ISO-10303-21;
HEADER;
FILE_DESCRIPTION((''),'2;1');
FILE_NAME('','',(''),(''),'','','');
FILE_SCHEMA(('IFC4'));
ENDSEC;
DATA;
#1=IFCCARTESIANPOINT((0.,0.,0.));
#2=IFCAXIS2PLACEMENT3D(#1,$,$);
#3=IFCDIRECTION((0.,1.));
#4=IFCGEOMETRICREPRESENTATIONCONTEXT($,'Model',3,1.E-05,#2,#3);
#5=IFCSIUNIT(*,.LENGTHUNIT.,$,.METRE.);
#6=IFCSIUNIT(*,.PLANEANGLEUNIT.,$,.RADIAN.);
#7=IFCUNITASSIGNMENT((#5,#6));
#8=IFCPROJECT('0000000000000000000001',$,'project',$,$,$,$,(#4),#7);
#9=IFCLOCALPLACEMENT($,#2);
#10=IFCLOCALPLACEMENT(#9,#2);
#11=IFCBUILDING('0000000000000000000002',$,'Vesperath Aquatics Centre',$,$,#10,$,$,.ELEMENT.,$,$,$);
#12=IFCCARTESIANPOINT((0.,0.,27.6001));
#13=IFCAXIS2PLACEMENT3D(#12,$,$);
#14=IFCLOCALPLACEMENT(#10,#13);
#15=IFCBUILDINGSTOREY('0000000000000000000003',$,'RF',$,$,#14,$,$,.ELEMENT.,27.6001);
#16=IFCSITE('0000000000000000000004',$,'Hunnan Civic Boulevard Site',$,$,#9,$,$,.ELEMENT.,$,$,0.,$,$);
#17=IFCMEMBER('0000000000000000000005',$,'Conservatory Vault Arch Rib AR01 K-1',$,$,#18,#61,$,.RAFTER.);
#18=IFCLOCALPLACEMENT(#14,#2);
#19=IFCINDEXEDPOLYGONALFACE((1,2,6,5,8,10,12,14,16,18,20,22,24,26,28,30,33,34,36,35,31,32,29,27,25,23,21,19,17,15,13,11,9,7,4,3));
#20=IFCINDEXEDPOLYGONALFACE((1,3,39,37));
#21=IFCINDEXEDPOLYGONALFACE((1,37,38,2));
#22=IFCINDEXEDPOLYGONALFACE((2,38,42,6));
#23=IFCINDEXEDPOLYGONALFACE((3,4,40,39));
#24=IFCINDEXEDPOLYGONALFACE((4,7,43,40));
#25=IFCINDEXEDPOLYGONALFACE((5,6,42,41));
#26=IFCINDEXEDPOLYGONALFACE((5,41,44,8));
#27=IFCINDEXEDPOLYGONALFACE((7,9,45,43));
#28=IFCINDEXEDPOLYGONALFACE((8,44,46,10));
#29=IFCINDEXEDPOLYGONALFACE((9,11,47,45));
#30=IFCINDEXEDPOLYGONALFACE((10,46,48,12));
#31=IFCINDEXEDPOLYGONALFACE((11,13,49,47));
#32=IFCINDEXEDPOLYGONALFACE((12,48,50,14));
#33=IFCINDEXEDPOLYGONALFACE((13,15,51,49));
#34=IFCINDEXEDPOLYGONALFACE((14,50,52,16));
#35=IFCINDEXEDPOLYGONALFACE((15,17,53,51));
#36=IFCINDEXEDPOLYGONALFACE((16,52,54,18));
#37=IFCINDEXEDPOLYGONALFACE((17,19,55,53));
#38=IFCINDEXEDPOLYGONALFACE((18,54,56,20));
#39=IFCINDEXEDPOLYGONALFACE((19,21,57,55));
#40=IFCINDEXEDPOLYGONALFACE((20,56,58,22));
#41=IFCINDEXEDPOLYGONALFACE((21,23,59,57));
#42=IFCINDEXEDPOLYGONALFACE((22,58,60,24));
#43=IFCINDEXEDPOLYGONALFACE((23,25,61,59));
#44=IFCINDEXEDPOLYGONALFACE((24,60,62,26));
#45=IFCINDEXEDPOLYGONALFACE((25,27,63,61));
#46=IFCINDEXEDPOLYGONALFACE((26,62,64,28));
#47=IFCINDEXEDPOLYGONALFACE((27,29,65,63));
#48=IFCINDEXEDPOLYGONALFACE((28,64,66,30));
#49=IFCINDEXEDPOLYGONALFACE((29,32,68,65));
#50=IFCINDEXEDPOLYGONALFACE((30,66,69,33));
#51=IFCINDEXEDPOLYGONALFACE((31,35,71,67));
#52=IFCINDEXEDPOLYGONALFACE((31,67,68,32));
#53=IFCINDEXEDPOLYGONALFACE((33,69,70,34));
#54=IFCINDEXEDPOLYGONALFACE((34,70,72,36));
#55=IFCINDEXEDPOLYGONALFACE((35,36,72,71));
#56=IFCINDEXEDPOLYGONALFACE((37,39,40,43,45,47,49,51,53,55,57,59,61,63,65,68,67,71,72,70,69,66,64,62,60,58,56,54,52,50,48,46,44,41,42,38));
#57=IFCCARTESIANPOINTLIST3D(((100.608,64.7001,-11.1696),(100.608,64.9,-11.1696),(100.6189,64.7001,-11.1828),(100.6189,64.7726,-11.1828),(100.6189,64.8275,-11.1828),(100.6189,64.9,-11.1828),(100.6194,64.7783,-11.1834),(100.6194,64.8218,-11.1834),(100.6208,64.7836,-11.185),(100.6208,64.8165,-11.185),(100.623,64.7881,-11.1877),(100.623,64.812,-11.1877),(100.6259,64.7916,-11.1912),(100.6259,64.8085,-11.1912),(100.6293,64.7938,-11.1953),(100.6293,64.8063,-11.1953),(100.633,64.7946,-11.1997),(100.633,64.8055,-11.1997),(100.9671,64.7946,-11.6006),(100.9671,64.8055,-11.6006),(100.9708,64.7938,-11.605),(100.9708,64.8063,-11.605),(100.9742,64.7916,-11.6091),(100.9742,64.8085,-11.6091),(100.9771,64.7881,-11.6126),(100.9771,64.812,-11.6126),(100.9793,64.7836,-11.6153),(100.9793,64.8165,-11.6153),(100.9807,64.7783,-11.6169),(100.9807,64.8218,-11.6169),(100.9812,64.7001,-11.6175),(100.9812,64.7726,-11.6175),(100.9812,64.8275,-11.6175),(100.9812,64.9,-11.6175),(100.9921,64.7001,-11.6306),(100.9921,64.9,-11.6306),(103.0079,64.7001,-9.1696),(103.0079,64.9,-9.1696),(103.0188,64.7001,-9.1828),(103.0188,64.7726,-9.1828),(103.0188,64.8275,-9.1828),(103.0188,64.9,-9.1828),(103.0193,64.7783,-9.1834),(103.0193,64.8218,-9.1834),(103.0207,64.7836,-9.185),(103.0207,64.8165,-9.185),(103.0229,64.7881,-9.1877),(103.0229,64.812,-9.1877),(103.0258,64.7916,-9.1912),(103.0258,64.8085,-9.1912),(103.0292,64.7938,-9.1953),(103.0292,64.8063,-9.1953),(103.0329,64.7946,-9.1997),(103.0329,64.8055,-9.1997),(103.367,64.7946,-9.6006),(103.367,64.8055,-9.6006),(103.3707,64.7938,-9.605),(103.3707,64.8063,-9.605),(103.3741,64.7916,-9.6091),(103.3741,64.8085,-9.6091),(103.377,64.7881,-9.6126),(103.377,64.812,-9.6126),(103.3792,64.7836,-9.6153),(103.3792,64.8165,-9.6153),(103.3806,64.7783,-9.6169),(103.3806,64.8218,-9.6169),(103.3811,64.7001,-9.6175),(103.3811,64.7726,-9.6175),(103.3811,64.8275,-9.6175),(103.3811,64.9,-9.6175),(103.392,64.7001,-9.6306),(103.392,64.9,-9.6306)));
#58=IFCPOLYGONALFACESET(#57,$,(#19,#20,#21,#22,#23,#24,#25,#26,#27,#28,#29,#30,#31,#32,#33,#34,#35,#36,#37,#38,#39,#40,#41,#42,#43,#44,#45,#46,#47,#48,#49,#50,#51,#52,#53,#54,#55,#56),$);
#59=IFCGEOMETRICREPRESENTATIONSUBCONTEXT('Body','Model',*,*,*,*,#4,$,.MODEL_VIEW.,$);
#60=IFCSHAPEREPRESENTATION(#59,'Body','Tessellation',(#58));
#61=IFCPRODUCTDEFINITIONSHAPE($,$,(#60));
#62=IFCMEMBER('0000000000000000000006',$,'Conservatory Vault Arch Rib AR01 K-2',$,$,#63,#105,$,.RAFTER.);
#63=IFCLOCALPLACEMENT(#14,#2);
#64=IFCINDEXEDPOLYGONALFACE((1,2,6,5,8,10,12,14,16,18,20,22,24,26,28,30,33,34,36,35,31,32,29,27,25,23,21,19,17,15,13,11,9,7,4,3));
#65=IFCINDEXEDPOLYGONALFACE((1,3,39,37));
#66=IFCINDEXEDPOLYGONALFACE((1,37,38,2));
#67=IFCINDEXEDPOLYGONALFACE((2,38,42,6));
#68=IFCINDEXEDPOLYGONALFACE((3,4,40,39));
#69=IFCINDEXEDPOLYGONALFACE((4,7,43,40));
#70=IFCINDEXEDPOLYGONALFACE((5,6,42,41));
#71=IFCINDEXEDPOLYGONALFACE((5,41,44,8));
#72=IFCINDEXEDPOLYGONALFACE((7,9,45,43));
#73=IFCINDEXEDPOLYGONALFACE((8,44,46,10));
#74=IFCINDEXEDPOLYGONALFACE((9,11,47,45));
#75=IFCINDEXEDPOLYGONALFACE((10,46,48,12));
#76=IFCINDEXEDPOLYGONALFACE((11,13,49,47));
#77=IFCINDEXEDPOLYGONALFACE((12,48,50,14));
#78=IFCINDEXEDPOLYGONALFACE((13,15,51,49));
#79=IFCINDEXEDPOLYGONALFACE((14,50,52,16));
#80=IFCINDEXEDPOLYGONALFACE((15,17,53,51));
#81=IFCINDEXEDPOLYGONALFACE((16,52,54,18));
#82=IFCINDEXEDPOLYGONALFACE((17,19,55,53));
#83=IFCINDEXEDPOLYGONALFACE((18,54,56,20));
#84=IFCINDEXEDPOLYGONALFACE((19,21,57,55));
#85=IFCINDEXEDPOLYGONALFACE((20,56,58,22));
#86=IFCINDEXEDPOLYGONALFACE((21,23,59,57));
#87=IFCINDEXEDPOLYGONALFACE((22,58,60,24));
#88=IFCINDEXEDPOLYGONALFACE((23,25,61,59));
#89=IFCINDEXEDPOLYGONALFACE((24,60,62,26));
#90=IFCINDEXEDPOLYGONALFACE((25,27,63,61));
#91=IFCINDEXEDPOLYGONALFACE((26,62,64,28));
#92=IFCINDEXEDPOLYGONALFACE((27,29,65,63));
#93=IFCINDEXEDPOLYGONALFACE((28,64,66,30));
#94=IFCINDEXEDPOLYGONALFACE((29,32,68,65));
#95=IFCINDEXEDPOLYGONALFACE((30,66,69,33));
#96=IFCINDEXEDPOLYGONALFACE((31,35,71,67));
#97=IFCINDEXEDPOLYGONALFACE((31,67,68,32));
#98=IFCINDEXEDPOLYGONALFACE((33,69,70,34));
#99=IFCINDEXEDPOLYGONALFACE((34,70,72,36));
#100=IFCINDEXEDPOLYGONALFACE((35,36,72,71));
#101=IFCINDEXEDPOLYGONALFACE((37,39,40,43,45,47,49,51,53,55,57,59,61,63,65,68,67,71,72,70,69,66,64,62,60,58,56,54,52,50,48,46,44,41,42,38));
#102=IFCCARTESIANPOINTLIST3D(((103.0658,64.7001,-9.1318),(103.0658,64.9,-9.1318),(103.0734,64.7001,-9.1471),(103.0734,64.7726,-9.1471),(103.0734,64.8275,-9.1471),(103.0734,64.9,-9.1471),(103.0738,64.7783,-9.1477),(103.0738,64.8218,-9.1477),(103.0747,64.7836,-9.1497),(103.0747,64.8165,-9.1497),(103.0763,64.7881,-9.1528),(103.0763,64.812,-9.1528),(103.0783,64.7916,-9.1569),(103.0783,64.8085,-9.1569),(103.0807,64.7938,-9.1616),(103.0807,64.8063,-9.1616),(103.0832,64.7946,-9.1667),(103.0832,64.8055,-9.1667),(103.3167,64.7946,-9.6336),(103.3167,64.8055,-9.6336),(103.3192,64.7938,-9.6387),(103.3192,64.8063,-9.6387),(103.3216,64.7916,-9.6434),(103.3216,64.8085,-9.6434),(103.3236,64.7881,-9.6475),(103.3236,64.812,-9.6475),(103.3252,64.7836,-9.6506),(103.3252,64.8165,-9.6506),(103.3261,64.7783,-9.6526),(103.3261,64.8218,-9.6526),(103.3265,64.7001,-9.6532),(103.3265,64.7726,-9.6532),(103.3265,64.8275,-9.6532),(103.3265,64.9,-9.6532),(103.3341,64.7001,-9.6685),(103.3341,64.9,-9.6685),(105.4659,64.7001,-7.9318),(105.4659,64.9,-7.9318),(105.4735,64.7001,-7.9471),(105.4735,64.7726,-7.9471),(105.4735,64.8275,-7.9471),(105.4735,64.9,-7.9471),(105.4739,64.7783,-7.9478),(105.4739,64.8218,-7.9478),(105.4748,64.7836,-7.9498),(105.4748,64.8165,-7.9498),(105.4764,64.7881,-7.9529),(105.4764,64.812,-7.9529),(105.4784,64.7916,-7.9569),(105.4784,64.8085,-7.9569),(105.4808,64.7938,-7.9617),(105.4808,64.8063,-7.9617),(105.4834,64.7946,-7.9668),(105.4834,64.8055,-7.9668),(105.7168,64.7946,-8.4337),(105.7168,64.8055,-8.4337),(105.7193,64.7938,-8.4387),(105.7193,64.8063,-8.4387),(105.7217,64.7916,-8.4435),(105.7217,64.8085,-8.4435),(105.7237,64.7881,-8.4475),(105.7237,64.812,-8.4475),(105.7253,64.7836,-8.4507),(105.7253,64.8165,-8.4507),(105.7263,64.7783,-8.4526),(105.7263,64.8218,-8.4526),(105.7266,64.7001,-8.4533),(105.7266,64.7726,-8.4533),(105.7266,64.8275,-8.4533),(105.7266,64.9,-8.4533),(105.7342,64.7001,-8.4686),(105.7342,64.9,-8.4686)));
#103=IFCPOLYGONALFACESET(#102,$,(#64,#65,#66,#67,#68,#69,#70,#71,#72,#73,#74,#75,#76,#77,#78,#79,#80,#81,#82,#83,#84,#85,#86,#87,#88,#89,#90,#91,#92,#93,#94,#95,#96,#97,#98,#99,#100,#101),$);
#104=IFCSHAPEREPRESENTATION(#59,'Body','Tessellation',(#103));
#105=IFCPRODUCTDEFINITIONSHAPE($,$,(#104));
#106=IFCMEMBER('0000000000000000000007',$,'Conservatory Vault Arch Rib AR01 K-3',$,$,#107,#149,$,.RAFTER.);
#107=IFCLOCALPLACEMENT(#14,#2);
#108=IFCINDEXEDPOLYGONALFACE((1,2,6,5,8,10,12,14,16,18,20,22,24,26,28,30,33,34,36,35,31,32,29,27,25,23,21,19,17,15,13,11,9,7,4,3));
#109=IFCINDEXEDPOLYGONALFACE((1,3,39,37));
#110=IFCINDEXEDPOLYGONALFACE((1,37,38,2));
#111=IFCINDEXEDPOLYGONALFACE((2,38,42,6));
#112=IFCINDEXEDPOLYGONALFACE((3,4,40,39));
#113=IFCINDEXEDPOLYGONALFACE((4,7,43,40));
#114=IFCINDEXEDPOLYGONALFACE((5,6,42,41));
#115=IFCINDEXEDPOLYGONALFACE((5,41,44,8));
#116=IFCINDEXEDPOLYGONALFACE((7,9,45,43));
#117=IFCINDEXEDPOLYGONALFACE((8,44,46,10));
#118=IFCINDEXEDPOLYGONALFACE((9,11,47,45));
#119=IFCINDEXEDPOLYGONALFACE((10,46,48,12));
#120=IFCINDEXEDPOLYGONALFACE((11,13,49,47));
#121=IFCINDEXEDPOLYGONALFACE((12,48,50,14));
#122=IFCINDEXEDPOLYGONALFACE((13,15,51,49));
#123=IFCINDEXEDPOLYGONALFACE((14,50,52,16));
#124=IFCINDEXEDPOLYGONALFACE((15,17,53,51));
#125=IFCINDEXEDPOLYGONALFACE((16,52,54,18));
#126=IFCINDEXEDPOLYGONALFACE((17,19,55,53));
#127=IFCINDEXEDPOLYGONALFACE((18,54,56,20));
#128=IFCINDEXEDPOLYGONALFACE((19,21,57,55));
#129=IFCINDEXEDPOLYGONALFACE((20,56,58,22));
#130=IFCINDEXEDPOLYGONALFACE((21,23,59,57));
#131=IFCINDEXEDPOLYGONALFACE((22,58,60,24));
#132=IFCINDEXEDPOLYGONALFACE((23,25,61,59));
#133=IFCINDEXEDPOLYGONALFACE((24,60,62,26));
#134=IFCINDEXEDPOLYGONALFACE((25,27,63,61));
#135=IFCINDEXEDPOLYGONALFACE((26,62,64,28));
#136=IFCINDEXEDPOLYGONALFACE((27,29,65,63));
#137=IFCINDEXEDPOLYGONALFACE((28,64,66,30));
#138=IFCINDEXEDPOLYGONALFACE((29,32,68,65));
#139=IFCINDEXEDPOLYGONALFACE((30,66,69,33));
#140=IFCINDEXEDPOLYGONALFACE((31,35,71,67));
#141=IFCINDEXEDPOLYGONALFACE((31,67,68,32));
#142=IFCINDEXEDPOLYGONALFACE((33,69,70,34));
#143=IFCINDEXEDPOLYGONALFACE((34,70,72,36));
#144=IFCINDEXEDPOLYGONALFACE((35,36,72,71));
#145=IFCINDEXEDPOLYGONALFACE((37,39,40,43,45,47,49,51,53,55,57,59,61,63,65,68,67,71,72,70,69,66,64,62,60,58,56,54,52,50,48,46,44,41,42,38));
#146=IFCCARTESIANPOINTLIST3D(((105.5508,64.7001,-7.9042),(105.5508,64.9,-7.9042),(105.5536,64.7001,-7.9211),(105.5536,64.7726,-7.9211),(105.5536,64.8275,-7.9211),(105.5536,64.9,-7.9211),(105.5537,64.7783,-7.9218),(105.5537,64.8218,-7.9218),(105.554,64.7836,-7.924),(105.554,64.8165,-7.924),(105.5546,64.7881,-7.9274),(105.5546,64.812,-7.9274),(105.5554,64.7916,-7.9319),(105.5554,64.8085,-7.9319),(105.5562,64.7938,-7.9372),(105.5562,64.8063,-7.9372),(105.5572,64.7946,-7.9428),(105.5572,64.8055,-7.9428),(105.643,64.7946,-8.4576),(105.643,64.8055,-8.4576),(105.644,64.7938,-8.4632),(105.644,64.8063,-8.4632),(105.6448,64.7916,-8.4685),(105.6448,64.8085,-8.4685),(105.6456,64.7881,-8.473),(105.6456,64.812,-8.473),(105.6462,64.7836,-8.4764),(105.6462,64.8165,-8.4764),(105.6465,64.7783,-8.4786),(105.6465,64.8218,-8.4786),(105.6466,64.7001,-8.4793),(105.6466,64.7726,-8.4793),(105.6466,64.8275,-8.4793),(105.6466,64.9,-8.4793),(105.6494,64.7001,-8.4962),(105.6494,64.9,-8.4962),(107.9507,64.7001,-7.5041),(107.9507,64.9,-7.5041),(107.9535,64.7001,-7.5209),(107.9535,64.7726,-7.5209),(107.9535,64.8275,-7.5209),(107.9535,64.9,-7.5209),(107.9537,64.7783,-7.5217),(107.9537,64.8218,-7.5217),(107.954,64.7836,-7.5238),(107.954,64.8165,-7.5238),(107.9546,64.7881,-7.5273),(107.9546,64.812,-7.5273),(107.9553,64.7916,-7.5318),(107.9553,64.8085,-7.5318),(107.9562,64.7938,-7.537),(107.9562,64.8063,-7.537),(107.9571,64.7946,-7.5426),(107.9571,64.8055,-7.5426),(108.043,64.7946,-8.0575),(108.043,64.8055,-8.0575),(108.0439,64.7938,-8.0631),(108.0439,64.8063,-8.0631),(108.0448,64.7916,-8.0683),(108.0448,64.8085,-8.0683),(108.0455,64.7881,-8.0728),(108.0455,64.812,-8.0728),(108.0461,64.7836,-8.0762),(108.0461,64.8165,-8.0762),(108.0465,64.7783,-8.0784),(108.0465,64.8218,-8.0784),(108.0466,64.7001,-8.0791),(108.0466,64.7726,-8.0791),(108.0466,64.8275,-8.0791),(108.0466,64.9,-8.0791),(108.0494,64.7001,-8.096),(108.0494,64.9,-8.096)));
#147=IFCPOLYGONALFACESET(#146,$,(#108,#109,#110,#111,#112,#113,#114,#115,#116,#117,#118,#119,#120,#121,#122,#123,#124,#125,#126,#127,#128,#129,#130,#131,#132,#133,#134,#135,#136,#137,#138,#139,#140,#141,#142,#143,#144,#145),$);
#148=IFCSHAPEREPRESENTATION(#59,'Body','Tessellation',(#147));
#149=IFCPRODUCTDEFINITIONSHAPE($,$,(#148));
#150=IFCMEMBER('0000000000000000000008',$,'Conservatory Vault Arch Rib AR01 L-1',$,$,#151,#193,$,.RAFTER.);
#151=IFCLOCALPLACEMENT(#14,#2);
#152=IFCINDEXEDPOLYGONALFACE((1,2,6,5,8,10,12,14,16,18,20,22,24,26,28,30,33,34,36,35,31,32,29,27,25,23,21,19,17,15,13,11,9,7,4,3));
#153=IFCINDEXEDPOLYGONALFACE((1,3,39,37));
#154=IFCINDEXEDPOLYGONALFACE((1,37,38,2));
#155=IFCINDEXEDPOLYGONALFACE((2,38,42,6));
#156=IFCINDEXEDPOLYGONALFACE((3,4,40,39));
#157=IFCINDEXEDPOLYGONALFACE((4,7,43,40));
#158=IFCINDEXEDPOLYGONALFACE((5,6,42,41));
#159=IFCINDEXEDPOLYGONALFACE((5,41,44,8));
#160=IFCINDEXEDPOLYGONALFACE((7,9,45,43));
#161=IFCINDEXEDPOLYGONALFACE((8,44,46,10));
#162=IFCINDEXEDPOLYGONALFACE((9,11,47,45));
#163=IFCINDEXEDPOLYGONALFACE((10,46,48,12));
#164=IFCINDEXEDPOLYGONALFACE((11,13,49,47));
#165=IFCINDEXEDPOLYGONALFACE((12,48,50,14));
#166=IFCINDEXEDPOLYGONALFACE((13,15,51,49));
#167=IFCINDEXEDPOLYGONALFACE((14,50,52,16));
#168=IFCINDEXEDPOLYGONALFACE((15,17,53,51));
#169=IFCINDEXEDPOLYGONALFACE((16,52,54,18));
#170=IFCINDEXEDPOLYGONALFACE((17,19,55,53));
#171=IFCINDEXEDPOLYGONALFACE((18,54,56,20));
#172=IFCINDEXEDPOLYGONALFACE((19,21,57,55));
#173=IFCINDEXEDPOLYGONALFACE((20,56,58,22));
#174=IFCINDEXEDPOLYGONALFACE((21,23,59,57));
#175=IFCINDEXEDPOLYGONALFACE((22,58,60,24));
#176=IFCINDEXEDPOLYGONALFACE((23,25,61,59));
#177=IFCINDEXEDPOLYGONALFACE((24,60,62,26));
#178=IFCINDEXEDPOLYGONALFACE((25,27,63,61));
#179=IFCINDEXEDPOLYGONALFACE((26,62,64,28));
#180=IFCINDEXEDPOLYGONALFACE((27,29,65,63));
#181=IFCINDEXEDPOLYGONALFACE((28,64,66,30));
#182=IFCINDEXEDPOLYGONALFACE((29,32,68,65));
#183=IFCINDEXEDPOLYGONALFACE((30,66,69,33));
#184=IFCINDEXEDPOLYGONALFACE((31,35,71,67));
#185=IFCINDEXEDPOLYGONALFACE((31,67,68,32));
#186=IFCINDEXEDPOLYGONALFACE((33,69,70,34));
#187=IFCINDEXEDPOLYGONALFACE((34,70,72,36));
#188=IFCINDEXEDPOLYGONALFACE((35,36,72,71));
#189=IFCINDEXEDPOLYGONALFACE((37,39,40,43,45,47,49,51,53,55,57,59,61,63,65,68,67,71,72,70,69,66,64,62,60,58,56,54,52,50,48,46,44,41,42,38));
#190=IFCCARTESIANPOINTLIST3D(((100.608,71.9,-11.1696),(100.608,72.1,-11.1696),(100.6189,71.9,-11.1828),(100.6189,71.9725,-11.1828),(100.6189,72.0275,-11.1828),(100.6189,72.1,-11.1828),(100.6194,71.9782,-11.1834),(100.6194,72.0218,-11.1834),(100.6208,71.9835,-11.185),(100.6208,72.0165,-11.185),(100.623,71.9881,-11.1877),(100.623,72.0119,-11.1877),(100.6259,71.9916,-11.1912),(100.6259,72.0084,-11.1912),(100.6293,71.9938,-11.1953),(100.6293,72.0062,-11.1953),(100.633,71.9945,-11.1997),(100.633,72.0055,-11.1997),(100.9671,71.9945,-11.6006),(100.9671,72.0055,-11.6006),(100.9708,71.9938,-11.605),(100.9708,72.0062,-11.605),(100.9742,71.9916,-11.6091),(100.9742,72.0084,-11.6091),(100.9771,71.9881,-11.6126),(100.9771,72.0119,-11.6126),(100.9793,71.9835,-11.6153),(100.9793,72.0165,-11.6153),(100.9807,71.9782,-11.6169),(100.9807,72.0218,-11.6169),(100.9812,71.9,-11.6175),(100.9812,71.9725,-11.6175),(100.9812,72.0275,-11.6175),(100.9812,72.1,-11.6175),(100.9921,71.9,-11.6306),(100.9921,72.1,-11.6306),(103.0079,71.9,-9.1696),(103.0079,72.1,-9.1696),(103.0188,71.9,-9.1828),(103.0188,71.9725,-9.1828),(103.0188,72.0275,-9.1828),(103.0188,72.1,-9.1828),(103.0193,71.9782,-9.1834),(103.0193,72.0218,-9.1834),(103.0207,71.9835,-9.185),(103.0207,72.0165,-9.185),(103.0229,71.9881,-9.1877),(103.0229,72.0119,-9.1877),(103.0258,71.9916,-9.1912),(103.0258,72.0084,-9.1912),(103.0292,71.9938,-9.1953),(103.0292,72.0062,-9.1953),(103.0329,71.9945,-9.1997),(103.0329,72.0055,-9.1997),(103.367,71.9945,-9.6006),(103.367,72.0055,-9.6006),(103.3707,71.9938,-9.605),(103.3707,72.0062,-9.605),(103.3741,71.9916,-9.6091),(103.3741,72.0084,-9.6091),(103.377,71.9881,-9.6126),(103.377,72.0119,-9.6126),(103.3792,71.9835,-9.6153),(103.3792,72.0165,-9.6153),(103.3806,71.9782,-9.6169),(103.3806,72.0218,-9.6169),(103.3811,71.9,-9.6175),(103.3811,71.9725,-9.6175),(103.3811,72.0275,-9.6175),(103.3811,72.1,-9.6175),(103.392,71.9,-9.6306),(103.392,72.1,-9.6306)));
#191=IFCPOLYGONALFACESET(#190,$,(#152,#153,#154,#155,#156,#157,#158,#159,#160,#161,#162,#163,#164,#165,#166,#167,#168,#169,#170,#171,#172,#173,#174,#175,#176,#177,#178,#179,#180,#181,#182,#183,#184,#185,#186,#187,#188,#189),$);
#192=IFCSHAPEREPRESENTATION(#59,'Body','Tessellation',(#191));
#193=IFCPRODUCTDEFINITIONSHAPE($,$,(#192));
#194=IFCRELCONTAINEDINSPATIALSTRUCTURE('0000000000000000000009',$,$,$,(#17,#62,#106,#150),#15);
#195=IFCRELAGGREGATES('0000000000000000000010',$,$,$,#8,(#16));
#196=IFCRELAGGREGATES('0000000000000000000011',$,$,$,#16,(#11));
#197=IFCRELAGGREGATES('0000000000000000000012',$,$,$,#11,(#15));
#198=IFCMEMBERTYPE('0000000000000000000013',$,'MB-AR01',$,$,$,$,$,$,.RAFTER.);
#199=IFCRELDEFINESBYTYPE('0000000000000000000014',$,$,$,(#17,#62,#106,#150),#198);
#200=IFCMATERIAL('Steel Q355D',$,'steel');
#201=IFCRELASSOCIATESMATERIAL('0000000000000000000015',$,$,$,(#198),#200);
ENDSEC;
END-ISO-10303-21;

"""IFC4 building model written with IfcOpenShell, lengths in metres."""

from ifc_helpers import new_model, si_unit, direction, frame, origin, origin_2d, place, context, subcontext, project, spatial, i_section, extrude, material, material_profile, profile_set, type_object, element, save


model = new_model("IFC4")

# Units and contexts
model_context = context("Model", 3, precision=1e-05, world=origin(), true_north=direction((0.0, 1.0)))
body_context = subcontext(model_context, "Body", "Model", "MODEL_VIEW")
ifc_project = project(units=[si_unit("LENGTHUNIT", "METRE"), si_unit("PLANEANGLEUNIT", "RADIAN")], contexts=[model_context])

# Site, building, storey
site_placement = place(None, origin())
site = spatial("IfcSite", under=ifc_project, at=site_placement, Name="Hunnan Civic Boulevard Site", CompositionType="ELEMENT", RefElevation=0.0)
building_placement = place(site_placement, origin())
building = spatial("IfcBuilding", under=site, at=building_placement, Name="Vesperath Aquatics Centre", CompositionType="ELEMENT")
storey_placement = place(building_placement, frame((0.0, 0.0, 27.6001)))
storey = spatial("IfcBuildingStorey", under=building, at=storey_placement, Name="RF", CompositionType="ELEMENT", Elevation=27.6001)

# Shared definitions
ifc_material_1 = material(Name="Steel Q355D", Category="steel")

# Members
ifc_material_profile_1 = material_profile(ifc_material_1, i_section(OverallWidth=0.2, OverallDepth=0.6001, WebThickness=0.011, FlangeThickness=0.0171, FilletRadius=0.022, at=origin_2d()), Name="HN 600x200x11x17")
ifc_profile_set_1 = profile_set([ifc_material_profile_1], Name="Steel Q355D")
member_type_1 = type_object("IfcMemberType", Name="MB-AR01", PredefinedType="RAFTER", material=ifc_profile_set_1)
member_1_placement = place(storey_placement, frame((100.8, 64.8, -11.4001), z_axis=(0.768208, 0.0, 0.6402), x_axis=(0.0, 1.0, 0.0)))
element("IfcMember", 1, at=member_1_placement, inside=storey, type_object=member_type_1, Name="Conservatory Vault Arch Rib AR01 K-1", PredefinedType="RAFTER", context=body_context, shape_type="SweptSolid", body=[
    extrude(i_section(OverallWidth=0.2, OverallDepth=0.6001, WebThickness=0.011, FlangeThickness=0.0171, FilletRadius=0.022, at=origin_2d()), origin(), (0.0, 0.0, 1.0), 3.124),
])
member_2_placement = place(storey_placement, frame((103.2, 64.8, -9.4001), z_axis=(0.894445, 0.0, 0.447177), x_axis=(0.0, 1.0, 0.0)))
element("IfcMember", 2, at=member_2_placement, inside=storey, type_object=member_type_1, Name="Conservatory Vault Arch Rib AR01 K-2", PredefinedType="RAFTER", context=body_context, shape_type="SweptSolid", body=[
    extrude(i_section(OverallWidth=0.2, OverallDepth=0.6001, WebThickness=0.011, FlangeThickness=0.0171, FilletRadius=0.022, at=origin_2d()), origin(), (0.0, 0.0, 1.0), 2.6833),
])
member_3_placement = place(storey_placement, frame((105.6001, 64.8, -8.2002), z_axis=(0.986383, 0.0, 0.164464), x_axis=(0.0, 1.0, 0.0)))
element("IfcMember", 3, at=member_3_placement, inside=storey, type_object=member_type_1, Name="Conservatory Vault Arch Rib AR01 K-3", PredefinedType="RAFTER", context=body_context, shape_type="SweptSolid", body=[
    extrude(i_section(OverallWidth=0.2, OverallDepth=0.6001, WebThickness=0.011, FlangeThickness=0.0171, FilletRadius=0.022, at=origin_2d()), origin(), (0.0, 0.0, 1.0), 2.4331),
])
member_4_placement = place(storey_placement, frame((100.8, 72.0, -11.4001), z_axis=(0.768208, 0.0, 0.6402), x_axis=(0.0, 1.0, 0.0)))
element("IfcMember", 4, at=member_4_placement, inside=storey, type_object=member_type_1, Name="Conservatory Vault Arch Rib AR01 L-1", PredefinedType="RAFTER", context=body_context, shape_type="SweptSolid", body=[
    extrude(i_section(OverallWidth=0.2, OverallDepth=0.6001, WebThickness=0.011, FlangeThickness=0.0171, FilletRadius=0.022, at=origin_2d()), origin(), (0.0, 0.0, 1.0), 3.124),
])

save(model, "model.ifc")
